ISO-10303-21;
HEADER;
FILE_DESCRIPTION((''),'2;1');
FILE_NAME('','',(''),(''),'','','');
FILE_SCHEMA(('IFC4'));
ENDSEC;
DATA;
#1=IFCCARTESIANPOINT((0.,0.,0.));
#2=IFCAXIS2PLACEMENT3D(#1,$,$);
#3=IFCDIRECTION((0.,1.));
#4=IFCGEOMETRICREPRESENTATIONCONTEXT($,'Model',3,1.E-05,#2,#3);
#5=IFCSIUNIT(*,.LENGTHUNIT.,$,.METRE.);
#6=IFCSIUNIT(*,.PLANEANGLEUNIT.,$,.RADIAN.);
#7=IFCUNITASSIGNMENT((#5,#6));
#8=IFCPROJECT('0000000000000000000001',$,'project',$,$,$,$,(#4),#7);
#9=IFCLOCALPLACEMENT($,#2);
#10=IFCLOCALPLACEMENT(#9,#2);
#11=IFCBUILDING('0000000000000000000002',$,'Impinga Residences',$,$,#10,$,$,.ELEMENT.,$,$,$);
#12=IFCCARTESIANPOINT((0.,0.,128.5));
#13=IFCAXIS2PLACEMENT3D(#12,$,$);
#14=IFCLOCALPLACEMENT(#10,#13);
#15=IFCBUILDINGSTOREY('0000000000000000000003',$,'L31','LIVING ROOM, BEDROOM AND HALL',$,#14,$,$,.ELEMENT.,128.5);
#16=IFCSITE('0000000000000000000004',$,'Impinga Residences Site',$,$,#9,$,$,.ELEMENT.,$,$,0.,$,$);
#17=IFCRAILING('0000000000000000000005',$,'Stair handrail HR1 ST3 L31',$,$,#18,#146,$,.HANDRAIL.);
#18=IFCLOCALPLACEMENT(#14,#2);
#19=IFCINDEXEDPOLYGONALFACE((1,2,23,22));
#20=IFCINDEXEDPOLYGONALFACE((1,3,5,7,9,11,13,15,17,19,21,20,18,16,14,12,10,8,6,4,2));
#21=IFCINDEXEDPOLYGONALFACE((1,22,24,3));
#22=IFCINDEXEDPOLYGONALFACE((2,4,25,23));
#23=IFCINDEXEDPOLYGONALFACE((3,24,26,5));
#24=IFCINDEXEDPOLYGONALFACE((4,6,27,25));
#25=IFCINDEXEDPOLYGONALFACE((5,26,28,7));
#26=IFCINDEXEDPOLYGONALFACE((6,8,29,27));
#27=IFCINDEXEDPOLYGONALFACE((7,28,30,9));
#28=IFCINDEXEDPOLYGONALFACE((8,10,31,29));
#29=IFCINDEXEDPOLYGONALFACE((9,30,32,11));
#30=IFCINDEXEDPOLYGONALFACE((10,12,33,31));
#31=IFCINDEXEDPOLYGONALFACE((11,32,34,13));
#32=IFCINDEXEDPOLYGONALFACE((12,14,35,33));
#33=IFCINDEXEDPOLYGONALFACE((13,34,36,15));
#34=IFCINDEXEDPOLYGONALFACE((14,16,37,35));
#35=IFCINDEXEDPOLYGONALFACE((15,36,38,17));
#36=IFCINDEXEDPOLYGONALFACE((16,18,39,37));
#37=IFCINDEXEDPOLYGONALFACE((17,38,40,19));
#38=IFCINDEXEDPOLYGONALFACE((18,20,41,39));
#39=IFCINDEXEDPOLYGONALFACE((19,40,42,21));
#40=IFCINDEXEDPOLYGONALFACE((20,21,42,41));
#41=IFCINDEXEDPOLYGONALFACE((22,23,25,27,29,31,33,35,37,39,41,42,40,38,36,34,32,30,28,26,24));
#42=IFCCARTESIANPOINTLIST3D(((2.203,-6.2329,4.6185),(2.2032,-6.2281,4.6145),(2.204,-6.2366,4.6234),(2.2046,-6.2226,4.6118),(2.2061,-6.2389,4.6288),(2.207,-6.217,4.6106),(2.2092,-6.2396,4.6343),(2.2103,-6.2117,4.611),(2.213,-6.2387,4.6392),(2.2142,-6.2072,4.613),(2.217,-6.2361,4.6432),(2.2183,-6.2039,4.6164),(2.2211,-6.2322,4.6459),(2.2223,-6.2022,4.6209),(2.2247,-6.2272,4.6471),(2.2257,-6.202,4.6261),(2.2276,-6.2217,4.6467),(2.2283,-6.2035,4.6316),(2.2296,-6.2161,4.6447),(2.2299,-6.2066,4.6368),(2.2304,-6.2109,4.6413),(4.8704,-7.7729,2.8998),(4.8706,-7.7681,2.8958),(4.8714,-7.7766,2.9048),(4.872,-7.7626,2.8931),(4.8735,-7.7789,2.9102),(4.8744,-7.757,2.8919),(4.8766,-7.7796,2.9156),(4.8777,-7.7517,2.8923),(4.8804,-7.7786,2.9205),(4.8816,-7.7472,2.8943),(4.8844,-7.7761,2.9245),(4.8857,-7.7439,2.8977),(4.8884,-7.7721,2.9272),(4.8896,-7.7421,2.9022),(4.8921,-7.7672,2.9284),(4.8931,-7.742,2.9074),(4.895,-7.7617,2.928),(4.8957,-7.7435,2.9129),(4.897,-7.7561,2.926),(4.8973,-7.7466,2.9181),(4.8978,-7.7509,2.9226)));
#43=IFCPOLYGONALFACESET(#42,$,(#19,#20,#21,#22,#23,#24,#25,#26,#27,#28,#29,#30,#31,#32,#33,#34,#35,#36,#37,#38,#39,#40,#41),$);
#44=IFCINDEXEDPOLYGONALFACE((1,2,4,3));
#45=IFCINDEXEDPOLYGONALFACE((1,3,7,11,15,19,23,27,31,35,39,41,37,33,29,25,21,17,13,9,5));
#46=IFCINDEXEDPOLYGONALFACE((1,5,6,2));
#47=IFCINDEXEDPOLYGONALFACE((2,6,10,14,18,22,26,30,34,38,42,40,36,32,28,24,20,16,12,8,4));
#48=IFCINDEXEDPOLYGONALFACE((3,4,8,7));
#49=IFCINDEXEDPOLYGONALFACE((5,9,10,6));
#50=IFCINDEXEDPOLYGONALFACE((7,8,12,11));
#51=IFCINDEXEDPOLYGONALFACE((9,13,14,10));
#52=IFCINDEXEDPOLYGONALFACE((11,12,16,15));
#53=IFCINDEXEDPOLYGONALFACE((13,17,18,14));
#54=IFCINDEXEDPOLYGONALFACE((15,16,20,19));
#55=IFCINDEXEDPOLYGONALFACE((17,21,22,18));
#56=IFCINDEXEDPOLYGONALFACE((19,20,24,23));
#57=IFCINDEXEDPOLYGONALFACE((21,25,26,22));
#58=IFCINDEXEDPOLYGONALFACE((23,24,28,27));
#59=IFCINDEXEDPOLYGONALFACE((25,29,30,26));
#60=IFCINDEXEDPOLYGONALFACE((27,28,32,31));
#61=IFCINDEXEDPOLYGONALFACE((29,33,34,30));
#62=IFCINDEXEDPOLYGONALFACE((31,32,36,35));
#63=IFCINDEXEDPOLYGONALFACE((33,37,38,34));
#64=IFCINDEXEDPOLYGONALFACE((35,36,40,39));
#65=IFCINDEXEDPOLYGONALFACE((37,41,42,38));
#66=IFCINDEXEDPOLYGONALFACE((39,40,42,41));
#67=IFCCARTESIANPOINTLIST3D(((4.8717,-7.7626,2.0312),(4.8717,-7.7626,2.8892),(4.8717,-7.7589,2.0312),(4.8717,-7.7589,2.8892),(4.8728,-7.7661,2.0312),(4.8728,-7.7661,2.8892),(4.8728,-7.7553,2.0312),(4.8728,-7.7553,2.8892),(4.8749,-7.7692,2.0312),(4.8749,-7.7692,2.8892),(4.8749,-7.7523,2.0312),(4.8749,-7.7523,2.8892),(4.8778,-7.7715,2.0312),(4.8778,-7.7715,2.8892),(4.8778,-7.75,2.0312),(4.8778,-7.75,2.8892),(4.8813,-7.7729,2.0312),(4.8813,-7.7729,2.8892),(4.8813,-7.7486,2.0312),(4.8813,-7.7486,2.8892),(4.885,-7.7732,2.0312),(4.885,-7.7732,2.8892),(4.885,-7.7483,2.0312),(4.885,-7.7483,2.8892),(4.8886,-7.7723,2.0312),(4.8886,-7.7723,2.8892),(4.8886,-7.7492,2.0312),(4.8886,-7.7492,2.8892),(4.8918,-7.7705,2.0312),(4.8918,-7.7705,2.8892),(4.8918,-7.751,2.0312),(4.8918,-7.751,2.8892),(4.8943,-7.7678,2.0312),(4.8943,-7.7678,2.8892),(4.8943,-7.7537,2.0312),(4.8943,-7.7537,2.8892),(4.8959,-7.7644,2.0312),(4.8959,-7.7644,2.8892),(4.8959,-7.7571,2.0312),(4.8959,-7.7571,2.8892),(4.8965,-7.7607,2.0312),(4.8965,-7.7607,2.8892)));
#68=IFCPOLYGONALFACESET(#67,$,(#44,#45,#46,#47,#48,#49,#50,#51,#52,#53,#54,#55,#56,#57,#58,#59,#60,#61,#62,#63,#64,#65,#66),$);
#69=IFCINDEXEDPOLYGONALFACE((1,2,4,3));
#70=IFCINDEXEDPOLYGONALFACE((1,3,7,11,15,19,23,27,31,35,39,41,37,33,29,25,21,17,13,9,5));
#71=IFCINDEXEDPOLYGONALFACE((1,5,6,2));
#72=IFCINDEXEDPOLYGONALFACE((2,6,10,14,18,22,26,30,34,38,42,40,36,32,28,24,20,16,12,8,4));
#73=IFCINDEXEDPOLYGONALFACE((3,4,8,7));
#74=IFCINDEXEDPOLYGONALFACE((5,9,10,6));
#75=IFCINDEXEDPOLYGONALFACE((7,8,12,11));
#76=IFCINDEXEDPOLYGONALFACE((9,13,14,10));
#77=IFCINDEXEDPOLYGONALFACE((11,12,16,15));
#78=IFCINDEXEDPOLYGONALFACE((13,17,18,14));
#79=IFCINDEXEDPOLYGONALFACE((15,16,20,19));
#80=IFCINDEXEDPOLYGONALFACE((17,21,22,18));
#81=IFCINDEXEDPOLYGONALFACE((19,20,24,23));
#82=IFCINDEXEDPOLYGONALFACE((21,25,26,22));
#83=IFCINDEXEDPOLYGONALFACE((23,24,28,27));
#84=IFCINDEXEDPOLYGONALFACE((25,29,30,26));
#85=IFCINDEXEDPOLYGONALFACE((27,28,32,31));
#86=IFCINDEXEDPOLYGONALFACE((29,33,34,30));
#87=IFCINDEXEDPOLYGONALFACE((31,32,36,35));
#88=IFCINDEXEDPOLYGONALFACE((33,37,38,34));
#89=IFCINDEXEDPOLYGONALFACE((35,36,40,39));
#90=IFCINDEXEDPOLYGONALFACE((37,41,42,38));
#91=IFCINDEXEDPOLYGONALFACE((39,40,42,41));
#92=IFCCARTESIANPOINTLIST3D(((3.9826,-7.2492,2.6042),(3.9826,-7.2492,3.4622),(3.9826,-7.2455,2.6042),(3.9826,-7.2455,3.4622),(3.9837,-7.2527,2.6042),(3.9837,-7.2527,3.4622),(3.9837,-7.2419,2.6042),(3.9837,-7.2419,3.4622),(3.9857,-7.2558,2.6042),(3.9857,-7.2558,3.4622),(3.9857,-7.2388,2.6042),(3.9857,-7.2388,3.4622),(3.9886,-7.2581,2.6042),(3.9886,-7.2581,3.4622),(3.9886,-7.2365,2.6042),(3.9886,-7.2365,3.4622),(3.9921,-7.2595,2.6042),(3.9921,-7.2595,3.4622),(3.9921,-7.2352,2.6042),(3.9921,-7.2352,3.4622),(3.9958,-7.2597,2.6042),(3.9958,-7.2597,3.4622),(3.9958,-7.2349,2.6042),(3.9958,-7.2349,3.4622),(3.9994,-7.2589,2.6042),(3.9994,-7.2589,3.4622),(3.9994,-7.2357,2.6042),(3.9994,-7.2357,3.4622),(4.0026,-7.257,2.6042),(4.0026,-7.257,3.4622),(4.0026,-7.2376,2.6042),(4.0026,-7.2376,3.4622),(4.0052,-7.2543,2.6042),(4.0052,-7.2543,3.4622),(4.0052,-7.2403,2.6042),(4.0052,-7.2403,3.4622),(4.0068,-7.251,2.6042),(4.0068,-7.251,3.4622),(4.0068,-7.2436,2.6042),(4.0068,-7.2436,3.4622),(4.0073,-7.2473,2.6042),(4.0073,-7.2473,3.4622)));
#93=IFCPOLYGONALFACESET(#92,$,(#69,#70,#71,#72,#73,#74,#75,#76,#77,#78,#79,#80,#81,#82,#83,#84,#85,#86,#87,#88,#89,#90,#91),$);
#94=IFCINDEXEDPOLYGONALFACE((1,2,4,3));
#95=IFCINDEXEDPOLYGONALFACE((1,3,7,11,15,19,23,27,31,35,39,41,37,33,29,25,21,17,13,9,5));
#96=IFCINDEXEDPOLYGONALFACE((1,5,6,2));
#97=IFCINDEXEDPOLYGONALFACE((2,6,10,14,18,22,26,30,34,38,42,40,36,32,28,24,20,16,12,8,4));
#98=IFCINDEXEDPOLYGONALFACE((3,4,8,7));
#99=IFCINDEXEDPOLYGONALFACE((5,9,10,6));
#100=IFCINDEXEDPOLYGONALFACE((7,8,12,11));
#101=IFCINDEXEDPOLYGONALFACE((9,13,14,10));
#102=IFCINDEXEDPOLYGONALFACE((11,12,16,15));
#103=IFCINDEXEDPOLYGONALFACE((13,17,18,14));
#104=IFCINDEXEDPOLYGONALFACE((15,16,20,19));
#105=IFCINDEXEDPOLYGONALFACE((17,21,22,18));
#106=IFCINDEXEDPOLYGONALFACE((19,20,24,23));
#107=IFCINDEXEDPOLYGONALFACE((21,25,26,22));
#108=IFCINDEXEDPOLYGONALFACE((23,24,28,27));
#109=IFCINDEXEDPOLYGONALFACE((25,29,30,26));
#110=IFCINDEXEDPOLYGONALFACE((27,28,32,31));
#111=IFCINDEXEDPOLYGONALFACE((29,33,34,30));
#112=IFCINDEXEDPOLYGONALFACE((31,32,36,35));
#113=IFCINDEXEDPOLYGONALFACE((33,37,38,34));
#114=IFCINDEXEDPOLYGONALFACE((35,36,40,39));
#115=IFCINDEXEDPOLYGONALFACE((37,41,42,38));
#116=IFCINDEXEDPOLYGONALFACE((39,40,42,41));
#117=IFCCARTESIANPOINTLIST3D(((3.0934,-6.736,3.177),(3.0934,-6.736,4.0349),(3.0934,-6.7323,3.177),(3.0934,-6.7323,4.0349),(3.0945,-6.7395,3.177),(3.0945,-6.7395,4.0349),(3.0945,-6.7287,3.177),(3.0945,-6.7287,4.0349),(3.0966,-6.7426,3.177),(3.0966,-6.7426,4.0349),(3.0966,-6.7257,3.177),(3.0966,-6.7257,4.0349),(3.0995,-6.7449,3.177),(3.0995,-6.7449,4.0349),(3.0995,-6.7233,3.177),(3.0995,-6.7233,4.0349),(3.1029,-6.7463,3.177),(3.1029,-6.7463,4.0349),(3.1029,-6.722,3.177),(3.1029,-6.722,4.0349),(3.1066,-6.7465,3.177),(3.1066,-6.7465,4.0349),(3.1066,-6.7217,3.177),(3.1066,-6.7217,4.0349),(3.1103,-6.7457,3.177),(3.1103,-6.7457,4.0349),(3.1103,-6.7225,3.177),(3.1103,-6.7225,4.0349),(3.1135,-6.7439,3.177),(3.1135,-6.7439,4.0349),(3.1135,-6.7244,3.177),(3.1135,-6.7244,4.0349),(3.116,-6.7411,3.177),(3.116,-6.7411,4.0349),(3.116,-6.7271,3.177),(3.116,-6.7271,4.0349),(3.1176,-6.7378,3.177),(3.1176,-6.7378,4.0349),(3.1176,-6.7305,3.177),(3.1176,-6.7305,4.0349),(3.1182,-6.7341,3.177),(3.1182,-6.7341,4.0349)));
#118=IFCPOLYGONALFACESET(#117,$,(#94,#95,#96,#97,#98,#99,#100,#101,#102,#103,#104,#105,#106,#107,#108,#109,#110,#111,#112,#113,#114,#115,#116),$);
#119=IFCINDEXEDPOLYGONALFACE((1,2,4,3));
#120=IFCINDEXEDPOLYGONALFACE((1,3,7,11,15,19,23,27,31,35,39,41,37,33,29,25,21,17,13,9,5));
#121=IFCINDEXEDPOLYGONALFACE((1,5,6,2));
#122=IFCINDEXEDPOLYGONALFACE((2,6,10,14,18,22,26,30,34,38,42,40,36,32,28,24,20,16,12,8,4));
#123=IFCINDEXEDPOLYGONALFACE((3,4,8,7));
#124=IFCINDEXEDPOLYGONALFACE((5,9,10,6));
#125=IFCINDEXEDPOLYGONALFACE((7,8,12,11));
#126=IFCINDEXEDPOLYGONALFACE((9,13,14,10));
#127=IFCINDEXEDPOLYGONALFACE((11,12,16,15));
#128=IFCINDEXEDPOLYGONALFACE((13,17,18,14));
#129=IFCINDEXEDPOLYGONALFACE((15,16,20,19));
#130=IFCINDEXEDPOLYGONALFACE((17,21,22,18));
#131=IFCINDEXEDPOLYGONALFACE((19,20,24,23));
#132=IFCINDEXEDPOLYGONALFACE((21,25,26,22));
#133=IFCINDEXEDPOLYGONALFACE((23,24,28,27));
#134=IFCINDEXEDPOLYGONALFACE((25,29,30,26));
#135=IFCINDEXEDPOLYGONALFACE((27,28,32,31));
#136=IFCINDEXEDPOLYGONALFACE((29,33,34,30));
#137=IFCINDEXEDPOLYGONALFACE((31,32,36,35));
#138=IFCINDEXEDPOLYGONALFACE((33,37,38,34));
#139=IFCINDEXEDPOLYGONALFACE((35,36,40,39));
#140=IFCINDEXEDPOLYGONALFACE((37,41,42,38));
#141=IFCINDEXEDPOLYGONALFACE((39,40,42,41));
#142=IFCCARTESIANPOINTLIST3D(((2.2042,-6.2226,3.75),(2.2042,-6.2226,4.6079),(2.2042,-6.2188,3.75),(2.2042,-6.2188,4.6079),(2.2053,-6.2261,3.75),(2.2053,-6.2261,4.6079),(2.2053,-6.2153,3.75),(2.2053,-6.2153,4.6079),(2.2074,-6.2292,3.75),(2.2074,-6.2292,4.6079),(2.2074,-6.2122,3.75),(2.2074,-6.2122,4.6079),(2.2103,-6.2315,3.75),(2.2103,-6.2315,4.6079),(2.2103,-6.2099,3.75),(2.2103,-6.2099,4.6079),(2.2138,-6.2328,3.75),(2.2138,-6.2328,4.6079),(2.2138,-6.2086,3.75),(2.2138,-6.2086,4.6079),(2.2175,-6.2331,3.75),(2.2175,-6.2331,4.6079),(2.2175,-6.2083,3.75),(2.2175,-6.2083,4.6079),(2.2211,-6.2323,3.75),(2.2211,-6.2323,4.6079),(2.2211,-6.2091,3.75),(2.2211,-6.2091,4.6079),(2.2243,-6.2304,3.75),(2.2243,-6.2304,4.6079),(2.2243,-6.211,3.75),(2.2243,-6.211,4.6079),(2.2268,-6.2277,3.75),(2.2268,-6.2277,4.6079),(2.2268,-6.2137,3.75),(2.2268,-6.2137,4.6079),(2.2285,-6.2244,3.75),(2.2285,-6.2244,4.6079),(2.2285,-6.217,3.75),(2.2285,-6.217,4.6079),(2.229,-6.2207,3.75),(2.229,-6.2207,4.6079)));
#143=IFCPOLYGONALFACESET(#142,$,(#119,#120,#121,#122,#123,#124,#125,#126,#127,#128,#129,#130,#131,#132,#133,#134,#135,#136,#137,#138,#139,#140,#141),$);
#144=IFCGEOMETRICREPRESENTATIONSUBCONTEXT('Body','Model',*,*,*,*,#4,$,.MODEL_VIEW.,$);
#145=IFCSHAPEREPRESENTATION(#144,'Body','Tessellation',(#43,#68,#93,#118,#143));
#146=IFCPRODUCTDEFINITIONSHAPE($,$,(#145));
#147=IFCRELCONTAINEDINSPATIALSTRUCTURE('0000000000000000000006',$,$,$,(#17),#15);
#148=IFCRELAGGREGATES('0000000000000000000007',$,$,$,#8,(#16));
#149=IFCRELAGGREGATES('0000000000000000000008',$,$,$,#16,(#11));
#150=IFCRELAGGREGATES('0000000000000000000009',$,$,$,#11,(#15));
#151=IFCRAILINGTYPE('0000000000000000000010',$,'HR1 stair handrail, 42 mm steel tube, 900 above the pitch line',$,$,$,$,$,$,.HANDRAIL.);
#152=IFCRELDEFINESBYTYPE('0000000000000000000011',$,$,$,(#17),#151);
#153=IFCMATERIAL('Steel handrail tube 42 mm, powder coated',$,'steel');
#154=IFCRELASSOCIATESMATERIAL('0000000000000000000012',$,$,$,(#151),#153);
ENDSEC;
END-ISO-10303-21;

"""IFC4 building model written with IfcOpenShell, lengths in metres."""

from ifc_helpers import new_model, si_unit, direction, frame, origin, origin_2d, place, context, subcontext, project, spatial, circle, extrude, material, type_object, element, save


model = new_model("IFC4")

# Units and contexts
model_context = context("Model", 3, precision=1e-05, world=origin(), true_north=direction((0.0, 1.0)))
body_context = subcontext(model_context, "Body", "Model", "MODEL_VIEW")
ifc_project = project(units=[si_unit("LENGTHUNIT", "METRE"), si_unit("PLANEANGLEUNIT", "RADIAN")], contexts=[model_context])

# Site, building, storey
site_placement = place(None, origin())
site = spatial("IfcSite", under=ifc_project, at=site_placement, Name="Impinga Residences Site", CompositionType="ELEMENT", RefElevation=0.0)
building_placement = place(site_placement, origin())
building = spatial("IfcBuilding", under=site, at=building_placement, Name="Impinga Residences", CompositionType="ELEMENT")
storey_placement = place(building_placement, frame((0.0, 0.0, 128.5)))
storey = spatial("IfcBuildingStorey", under=building, at=storey_placement, Name="L31", Description="LIVING ROOM, BEDROOM AND HALL", CompositionType="ELEMENT", Elevation=128.5)

# Railing
ifc_material_1 = material(Name="Steel handrail tube 42 mm, powder coated", Category="steel")
railing_type_1 = type_object("IfcRailingType", Name="HR1 stair handrail, 42 mm steel tube, 900 above the pitch line", PredefinedType="HANDRAIL", material=ifc_material_1)
railing_1_placement = place(storey_placement, frame((4.884, -7.7607, 2.0312)))
element("IfcRailing", 1, at=railing_1_placement, inside=storey, type_object=railing_type_1, Name="Stair handrail HR1 ST3 L31", PredefinedType="HANDRAIL", context=body_context, shape_type="SweptSolid", body=[
    extrude(circle(Radius=0.021, at=origin_2d()), frame((0.0, 0.0, 0.8789), z_axis=(-0.756256, 0.436616, 0.487282), x_axis=(-0.499992, -0.86603, 0.0)), (0.0, 0.0, 1.0), 3.5271),
    extrude(circle(Radius=0.0125, at=origin_2d()), origin(), (0.0, 0.0, 1.0), 0.8579),
    extrude(circle(Radius=0.0125, at=origin_2d()), frame((-0.8892, 0.5134, 0.573)), (0.0, 0.0, 1.0), 0.8579),
    extrude(circle(Radius=0.0125, at=origin_2d()), frame((-1.7783, 1.0266, 1.1458)), (0.0, 0.0, 1.0), 0.8579),
    extrude(circle(Radius=0.0125, at=origin_2d()), frame((-2.6675, 1.54, 1.7188)), (0.0, 0.0, 1.0), 0.8579),
])

save(model, "model.ifc")
